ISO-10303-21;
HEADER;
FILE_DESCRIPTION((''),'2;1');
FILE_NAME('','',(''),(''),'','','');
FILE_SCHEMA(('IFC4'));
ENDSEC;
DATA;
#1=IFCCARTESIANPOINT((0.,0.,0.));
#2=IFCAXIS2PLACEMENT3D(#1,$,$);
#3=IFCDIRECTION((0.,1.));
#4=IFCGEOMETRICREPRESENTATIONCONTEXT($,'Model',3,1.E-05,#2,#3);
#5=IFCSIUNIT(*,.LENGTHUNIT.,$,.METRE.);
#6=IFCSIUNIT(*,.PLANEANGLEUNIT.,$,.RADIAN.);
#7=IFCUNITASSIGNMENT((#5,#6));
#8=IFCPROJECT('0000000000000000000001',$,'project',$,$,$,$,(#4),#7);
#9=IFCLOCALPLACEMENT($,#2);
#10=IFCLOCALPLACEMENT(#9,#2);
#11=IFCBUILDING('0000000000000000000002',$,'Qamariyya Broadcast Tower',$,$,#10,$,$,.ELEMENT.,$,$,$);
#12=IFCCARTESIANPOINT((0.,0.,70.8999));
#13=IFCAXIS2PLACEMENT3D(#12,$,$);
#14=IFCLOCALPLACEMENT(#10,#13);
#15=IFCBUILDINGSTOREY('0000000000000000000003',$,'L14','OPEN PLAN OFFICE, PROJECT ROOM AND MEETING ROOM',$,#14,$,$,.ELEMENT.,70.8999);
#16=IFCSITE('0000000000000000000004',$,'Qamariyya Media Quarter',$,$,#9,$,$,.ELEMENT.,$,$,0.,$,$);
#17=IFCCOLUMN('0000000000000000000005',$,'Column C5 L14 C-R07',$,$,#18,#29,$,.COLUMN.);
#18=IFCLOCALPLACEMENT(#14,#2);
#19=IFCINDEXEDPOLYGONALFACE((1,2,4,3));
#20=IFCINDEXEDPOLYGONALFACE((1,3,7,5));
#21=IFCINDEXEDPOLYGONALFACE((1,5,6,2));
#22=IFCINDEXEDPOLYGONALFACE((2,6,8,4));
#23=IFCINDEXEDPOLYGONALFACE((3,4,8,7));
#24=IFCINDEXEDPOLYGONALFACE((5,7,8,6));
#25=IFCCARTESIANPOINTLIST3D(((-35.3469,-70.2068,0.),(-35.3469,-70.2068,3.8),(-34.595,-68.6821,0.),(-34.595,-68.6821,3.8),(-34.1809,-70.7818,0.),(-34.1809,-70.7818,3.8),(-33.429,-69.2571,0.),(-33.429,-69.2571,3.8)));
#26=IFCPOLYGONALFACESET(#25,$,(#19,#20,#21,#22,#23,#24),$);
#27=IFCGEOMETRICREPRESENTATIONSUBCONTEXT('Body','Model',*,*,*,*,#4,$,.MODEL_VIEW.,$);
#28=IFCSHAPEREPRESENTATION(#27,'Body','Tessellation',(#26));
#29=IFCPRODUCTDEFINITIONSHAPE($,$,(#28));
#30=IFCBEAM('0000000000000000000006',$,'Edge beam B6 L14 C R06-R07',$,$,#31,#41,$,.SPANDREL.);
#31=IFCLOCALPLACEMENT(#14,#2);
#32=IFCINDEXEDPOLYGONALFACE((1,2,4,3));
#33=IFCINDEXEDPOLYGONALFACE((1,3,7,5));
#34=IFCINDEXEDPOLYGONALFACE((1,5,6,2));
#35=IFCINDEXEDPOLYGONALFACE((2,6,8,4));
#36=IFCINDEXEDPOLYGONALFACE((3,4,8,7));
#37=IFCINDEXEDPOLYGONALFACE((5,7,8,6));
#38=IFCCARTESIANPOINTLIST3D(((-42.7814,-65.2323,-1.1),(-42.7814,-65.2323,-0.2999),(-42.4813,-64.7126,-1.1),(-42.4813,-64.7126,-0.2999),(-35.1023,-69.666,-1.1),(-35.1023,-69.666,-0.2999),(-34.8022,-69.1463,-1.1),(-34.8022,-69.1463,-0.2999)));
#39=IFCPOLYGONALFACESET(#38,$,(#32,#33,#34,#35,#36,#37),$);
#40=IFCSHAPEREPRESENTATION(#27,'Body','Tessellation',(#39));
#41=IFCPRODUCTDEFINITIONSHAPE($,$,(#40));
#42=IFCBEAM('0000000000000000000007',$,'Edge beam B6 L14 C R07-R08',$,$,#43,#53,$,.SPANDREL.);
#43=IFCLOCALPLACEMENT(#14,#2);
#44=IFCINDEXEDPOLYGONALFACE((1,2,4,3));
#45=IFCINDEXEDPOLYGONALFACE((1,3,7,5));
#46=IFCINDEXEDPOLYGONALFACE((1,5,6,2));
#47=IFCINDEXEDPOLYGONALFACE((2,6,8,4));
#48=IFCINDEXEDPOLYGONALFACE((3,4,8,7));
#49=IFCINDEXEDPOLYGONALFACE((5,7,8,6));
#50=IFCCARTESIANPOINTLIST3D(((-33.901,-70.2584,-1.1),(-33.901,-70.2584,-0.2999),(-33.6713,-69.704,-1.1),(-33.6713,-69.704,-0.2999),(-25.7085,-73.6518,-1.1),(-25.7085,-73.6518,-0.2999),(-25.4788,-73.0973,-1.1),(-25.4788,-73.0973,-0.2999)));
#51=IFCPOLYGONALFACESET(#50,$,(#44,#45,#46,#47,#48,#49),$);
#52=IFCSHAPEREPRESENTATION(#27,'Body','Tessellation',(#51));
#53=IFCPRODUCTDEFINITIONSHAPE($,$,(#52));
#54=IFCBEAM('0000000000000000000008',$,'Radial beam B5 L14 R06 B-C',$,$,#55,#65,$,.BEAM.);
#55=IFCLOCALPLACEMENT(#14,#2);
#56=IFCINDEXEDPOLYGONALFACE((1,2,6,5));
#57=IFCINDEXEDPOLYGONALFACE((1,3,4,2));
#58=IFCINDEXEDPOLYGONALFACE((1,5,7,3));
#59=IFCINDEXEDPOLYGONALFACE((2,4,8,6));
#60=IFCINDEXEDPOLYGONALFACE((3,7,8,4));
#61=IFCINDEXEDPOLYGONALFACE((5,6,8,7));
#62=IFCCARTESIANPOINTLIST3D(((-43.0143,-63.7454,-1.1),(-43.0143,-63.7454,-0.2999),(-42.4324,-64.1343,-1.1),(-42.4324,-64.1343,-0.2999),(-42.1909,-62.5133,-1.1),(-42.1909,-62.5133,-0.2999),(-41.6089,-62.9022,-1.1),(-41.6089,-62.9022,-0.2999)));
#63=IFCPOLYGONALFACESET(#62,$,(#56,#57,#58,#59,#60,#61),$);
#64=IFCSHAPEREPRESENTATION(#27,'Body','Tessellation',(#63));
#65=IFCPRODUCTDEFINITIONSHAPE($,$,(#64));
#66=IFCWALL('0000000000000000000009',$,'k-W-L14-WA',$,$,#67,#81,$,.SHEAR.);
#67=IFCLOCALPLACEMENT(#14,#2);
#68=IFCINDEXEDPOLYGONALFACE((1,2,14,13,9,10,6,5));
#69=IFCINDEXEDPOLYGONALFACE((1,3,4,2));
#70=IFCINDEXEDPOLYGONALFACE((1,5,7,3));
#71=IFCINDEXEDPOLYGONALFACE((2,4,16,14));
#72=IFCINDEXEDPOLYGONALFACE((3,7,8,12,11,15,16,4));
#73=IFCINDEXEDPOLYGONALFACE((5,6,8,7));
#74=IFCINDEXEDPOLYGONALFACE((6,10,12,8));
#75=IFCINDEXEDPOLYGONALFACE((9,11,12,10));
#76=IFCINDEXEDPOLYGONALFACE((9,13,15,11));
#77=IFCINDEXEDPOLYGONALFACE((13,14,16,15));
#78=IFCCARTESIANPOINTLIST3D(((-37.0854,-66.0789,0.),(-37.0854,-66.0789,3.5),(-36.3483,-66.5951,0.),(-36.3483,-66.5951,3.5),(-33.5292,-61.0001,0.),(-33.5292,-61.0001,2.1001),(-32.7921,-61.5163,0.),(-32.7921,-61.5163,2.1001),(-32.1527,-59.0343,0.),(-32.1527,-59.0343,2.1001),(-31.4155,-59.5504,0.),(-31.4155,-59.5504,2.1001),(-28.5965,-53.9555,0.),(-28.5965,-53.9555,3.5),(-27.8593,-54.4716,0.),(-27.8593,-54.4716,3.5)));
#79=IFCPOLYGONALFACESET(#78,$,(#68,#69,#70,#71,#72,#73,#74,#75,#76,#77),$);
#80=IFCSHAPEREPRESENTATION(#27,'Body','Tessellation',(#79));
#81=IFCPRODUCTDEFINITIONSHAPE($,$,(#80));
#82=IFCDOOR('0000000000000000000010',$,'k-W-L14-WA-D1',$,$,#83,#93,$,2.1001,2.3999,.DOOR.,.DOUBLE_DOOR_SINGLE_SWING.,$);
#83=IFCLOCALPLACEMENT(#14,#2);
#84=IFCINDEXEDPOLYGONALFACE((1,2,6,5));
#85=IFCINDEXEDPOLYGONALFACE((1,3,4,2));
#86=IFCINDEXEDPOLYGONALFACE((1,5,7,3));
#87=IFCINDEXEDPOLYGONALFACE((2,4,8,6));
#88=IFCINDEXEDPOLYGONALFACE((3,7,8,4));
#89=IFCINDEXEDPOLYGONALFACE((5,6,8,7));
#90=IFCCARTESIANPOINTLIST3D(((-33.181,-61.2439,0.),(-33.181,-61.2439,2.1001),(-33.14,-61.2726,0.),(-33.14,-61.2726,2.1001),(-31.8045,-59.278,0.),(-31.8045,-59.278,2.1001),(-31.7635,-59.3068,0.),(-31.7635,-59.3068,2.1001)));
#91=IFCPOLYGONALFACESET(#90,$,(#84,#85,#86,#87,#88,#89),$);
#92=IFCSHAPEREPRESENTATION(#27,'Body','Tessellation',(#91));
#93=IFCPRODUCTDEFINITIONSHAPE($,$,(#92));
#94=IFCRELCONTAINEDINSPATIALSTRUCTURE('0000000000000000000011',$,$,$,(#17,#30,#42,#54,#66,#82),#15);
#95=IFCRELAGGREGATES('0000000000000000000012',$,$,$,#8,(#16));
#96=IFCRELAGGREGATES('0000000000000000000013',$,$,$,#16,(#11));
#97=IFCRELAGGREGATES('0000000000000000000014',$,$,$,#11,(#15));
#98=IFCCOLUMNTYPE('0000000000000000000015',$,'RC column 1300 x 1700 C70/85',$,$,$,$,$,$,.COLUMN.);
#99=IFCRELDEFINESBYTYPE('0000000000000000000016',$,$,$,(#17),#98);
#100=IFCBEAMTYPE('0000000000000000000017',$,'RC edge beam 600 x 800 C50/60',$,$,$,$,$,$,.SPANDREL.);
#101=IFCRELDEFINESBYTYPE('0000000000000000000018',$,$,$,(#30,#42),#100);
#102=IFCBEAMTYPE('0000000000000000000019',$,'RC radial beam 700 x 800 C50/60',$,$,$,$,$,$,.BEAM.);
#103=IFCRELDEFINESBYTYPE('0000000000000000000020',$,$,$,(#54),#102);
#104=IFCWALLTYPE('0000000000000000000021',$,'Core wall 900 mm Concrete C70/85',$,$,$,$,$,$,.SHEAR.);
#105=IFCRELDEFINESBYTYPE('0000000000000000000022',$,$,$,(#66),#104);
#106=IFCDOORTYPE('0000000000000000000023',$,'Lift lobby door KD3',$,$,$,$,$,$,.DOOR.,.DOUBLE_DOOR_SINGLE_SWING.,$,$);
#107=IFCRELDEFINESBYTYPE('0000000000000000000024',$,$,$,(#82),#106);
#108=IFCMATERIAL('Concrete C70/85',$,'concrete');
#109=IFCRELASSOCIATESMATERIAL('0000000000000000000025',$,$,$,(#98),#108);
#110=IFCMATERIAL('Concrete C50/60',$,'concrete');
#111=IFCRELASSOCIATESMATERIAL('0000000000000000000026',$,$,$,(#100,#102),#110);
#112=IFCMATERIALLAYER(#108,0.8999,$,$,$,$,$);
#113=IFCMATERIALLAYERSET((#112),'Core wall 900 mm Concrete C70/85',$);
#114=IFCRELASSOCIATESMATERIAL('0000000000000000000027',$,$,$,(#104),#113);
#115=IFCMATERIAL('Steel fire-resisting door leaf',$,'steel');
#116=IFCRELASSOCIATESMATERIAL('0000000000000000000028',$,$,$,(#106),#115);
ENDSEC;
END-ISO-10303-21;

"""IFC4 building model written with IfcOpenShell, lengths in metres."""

from ifc_helpers import new_model, si_unit, direction, frame, frame_2d, origin, origin_2d, place, context, subcontext, project, spatial, rectangle, extrude, material, layer, layer_set, material_profile, profile_set, type_object, element, fill, save


model = new_model("IFC4")

# Units and contexts
model_context = context("Model", 3, precision=1e-05, world=origin(), true_north=direction((0.0, 1.0)))
body_context = subcontext(model_context, "Body", "Model", "MODEL_VIEW")
ifc_project = project(units=[si_unit("LENGTHUNIT", "METRE"), si_unit("PLANEANGLEUNIT", "RADIAN")], contexts=[model_context])

# Site, building, storey
site_placement = place(None, origin())
site = spatial("IfcSite", under=ifc_project, at=site_placement, Name="Qamariyya Media Quarter", CompositionType="ELEMENT", RefElevation=0.0)
building_placement = place(site_placement, origin())
building = spatial("IfcBuilding", under=site, at=building_placement, Name="Qamariyya Broadcast Tower", CompositionType="ELEMENT")
storey_placement = place(building_placement, frame((0.0, 0.0, 70.8999)))
storey = spatial("IfcBuildingStorey", under=building, at=storey_placement, Name="L14", Description="OPEN PLAN OFFICE, PROJECT ROOM AND MEETING ROOM", CompositionType="ELEMENT", Elevation=70.8999)

# Column
ifc_material_1 = material(Name="Concrete C70/85", Category="concrete")
ifc_material_profile_1 = material_profile(ifc_material_1, rectangle(XDim=1.3, YDim=1.7, at=origin_2d()))
ifc_profile_set_1 = profile_set([ifc_material_profile_1], Name="Concrete C70/85")
column_type = type_object("IfcColumnType", Name="RC column 1300 x 1700 C70/85", PredefinedType="COLUMN", material=ifc_profile_set_1)
column_placement = place(storey_placement, frame((-34.3879, -69.7319, 0.0), z_axis=(0.0, 0.0, 1.0), x_axis=(0.896873, -0.442289, 0.0)))
element("IfcColumn", 1, at=column_placement, inside=storey, type_object=column_type, Name="Column C5 L14 C-R07", PredefinedType="COLUMN", context=body_context, shape_type="SweptSolid", body=[
    extrude(rectangle(XDim=1.3, YDim=1.7, at=origin_2d()), origin(), (0.0, 0.0, 1.0), 3.8),
])

# Beams
ifc_material_2 = material(Name="Concrete C50/60", Category="concrete")
ifc_material_profile_2 = material_profile(ifc_material_2, rectangle(XDim=0.6001, YDim=0.8, at=origin_2d()))
ifc_profile_set_2 = profile_set([ifc_material_profile_2], Name="Concrete C50/60")
beam_type_1 = type_object("IfcBeamType", Name="RC edge beam 600 x 800 C50/60", PredefinedType="SPANDREL", material=ifc_profile_set_2)
beam_1_placement = place(storey_placement, frame((-42.6313, -64.9724, -0.7), z_axis=(0.866013, -0.500021, 0.0), x_axis=(0.500021, 0.866013, 0.0)))
element("IfcBeam", 2, at=beam_1_placement, inside=storey, type_object=beam_type_1, Name="Edge beam B6 L14 C R06-R07", PredefinedType="SPANDREL", context=body_context, shape_type="SweptSolid", body=[
    extrude(rectangle(XDim=0.6001, YDim=0.8, at=origin_2d()), origin(), (0.0, 0.0, 1.0), 8.8672),
])
beam_2_placement = place(storey_placement, frame((-33.7861, -69.9812, -0.7), z_axis=(0.923883, -0.382675, 0.0), x_axis=(0.382675, 0.923883, 0.0)))
element("IfcBeam", 3, at=beam_2_placement, inside=storey, type_object=beam_type_1, Name="Edge beam B6 L14 C R07-R08", PredefinedType="SPANDREL", context=body_context, shape_type="SweptSolid", body=[
    extrude(rectangle(XDim=0.6001, YDim=0.8, at=origin_2d()), origin(), (0.0, 0.0, 1.0), 8.8674),
])
ifc_material_profile_3 = material_profile(ifc_material_2, rectangle(XDim=0.7, YDim=0.8, at=origin_2d()))
ifc_profile_set_3 = profile_set([ifc_material_profile_3], Name="Concrete C50/60")
beam_type_2 = type_object("IfcBeamType", Name="RC radial beam 700 x 800 C50/60", PredefinedType="BEAM", material=ifc_profile_set_3)
beam_3_placement = place(storey_placement, frame((-41.8999, -62.7078, -0.7), z_axis=(-0.55565, -0.831416, 0.0), x_axis=(0.831416, -0.55565, 0.0)))
element("IfcBeam", 4, at=beam_3_placement, inside=storey, type_object=beam_type_2, Name="Radial beam B5 L14 R06 B-C", PredefinedType="BEAM", context=body_context, shape_type="SweptSolid", body=[
    extrude(rectangle(XDim=0.7, YDim=0.8, at=origin_2d()), origin(), (0.0, 0.0, 1.0), 1.4819),
])

# Wall, opening, door
ifc_layer_1 = layer(ifc_material_1, 0.8999)
ifc_layer_set_1 = layer_set([ifc_layer_1], Name="Core wall 900 mm Concrete C70/85")
wall_type_1 = type_object("IfcWallType", Name="Core wall 900 mm Concrete C70/85", PredefinedType="SHEAR", material=ifc_layer_set_1)
wall_1_placement = place(storey_placement, frame((-36.7168, -66.3369, 0.0), z_axis=(0.0, 0.0, 1.0), x_axis=(0.573577, 0.819151, 0.0)))
wall_1 = element("IfcWall", 5, at=wall_1_placement, inside=storey, type_object=wall_type_1, Name="k-W-L14-WA", PredefinedType="SHEAR", context=body_context, shape_type="SweptSolid", body=[
    extrude(rectangle(XDim=14.8, YDim=0.8999, at=frame_2d((7.3999, 0.0))), origin(), (0.0, 0.0, 1.0), 3.5),
])
opening_1_placement = place(wall_1_placement, frame((6.2, 0.0, 0.0)))
opening_1 = element("IfcOpeningElement", 6, at=opening_1_placement, cuts=wall_1, PredefinedType="OPENING", context=body_context, shape_type="SweptSolid", body=[
    extrude(rectangle(XDim=2.3999, YDim=2.1001, at=frame_2d((1.2, 1.05))), frame((0.0, 0.46, 0.0), z_axis=(0.0, -1.0, 0.0), x_axis=(1.0, 0.0, 0.0)), (0.0, 0.0, 1.0), 0.9199),
])
ifc_material_3 = material(Name="Steel fire-resisting door leaf", Category="steel")
door_type_1 = type_object("IfcDoorType", Name="Lift lobby door KD3", OperationType="DOUBLE_DOOR_SINGLE_SWING", PredefinedType="DOOR", material=ifc_material_3)
door_1_placement = place(opening_1_placement, origin())
door_1 = element("IfcDoor", 7, at=door_1_placement, inside=storey, type_object=door_type_1, Name="k-W-L14-WA-D1", OperationType="DOUBLE_DOOR_SINGLE_SWING", OverallHeight=2.1001, OverallWidth=2.3999, PredefinedType="DOOR", context=body_context, shape_type="SweptSolid", body=[
    extrude(rectangle(XDim=2.3999, YDim=2.1001, at=frame_2d((1.2, 1.05))), frame((0.0, 0.0249, 0.0), z_axis=(0.0, -1.0, 0.0), x_axis=(1.0, 0.0, 0.0)), (0.0, 0.0, 1.0), 0.05),
])
fill(opening_1, door_1)

save(model, "model.ifc")
